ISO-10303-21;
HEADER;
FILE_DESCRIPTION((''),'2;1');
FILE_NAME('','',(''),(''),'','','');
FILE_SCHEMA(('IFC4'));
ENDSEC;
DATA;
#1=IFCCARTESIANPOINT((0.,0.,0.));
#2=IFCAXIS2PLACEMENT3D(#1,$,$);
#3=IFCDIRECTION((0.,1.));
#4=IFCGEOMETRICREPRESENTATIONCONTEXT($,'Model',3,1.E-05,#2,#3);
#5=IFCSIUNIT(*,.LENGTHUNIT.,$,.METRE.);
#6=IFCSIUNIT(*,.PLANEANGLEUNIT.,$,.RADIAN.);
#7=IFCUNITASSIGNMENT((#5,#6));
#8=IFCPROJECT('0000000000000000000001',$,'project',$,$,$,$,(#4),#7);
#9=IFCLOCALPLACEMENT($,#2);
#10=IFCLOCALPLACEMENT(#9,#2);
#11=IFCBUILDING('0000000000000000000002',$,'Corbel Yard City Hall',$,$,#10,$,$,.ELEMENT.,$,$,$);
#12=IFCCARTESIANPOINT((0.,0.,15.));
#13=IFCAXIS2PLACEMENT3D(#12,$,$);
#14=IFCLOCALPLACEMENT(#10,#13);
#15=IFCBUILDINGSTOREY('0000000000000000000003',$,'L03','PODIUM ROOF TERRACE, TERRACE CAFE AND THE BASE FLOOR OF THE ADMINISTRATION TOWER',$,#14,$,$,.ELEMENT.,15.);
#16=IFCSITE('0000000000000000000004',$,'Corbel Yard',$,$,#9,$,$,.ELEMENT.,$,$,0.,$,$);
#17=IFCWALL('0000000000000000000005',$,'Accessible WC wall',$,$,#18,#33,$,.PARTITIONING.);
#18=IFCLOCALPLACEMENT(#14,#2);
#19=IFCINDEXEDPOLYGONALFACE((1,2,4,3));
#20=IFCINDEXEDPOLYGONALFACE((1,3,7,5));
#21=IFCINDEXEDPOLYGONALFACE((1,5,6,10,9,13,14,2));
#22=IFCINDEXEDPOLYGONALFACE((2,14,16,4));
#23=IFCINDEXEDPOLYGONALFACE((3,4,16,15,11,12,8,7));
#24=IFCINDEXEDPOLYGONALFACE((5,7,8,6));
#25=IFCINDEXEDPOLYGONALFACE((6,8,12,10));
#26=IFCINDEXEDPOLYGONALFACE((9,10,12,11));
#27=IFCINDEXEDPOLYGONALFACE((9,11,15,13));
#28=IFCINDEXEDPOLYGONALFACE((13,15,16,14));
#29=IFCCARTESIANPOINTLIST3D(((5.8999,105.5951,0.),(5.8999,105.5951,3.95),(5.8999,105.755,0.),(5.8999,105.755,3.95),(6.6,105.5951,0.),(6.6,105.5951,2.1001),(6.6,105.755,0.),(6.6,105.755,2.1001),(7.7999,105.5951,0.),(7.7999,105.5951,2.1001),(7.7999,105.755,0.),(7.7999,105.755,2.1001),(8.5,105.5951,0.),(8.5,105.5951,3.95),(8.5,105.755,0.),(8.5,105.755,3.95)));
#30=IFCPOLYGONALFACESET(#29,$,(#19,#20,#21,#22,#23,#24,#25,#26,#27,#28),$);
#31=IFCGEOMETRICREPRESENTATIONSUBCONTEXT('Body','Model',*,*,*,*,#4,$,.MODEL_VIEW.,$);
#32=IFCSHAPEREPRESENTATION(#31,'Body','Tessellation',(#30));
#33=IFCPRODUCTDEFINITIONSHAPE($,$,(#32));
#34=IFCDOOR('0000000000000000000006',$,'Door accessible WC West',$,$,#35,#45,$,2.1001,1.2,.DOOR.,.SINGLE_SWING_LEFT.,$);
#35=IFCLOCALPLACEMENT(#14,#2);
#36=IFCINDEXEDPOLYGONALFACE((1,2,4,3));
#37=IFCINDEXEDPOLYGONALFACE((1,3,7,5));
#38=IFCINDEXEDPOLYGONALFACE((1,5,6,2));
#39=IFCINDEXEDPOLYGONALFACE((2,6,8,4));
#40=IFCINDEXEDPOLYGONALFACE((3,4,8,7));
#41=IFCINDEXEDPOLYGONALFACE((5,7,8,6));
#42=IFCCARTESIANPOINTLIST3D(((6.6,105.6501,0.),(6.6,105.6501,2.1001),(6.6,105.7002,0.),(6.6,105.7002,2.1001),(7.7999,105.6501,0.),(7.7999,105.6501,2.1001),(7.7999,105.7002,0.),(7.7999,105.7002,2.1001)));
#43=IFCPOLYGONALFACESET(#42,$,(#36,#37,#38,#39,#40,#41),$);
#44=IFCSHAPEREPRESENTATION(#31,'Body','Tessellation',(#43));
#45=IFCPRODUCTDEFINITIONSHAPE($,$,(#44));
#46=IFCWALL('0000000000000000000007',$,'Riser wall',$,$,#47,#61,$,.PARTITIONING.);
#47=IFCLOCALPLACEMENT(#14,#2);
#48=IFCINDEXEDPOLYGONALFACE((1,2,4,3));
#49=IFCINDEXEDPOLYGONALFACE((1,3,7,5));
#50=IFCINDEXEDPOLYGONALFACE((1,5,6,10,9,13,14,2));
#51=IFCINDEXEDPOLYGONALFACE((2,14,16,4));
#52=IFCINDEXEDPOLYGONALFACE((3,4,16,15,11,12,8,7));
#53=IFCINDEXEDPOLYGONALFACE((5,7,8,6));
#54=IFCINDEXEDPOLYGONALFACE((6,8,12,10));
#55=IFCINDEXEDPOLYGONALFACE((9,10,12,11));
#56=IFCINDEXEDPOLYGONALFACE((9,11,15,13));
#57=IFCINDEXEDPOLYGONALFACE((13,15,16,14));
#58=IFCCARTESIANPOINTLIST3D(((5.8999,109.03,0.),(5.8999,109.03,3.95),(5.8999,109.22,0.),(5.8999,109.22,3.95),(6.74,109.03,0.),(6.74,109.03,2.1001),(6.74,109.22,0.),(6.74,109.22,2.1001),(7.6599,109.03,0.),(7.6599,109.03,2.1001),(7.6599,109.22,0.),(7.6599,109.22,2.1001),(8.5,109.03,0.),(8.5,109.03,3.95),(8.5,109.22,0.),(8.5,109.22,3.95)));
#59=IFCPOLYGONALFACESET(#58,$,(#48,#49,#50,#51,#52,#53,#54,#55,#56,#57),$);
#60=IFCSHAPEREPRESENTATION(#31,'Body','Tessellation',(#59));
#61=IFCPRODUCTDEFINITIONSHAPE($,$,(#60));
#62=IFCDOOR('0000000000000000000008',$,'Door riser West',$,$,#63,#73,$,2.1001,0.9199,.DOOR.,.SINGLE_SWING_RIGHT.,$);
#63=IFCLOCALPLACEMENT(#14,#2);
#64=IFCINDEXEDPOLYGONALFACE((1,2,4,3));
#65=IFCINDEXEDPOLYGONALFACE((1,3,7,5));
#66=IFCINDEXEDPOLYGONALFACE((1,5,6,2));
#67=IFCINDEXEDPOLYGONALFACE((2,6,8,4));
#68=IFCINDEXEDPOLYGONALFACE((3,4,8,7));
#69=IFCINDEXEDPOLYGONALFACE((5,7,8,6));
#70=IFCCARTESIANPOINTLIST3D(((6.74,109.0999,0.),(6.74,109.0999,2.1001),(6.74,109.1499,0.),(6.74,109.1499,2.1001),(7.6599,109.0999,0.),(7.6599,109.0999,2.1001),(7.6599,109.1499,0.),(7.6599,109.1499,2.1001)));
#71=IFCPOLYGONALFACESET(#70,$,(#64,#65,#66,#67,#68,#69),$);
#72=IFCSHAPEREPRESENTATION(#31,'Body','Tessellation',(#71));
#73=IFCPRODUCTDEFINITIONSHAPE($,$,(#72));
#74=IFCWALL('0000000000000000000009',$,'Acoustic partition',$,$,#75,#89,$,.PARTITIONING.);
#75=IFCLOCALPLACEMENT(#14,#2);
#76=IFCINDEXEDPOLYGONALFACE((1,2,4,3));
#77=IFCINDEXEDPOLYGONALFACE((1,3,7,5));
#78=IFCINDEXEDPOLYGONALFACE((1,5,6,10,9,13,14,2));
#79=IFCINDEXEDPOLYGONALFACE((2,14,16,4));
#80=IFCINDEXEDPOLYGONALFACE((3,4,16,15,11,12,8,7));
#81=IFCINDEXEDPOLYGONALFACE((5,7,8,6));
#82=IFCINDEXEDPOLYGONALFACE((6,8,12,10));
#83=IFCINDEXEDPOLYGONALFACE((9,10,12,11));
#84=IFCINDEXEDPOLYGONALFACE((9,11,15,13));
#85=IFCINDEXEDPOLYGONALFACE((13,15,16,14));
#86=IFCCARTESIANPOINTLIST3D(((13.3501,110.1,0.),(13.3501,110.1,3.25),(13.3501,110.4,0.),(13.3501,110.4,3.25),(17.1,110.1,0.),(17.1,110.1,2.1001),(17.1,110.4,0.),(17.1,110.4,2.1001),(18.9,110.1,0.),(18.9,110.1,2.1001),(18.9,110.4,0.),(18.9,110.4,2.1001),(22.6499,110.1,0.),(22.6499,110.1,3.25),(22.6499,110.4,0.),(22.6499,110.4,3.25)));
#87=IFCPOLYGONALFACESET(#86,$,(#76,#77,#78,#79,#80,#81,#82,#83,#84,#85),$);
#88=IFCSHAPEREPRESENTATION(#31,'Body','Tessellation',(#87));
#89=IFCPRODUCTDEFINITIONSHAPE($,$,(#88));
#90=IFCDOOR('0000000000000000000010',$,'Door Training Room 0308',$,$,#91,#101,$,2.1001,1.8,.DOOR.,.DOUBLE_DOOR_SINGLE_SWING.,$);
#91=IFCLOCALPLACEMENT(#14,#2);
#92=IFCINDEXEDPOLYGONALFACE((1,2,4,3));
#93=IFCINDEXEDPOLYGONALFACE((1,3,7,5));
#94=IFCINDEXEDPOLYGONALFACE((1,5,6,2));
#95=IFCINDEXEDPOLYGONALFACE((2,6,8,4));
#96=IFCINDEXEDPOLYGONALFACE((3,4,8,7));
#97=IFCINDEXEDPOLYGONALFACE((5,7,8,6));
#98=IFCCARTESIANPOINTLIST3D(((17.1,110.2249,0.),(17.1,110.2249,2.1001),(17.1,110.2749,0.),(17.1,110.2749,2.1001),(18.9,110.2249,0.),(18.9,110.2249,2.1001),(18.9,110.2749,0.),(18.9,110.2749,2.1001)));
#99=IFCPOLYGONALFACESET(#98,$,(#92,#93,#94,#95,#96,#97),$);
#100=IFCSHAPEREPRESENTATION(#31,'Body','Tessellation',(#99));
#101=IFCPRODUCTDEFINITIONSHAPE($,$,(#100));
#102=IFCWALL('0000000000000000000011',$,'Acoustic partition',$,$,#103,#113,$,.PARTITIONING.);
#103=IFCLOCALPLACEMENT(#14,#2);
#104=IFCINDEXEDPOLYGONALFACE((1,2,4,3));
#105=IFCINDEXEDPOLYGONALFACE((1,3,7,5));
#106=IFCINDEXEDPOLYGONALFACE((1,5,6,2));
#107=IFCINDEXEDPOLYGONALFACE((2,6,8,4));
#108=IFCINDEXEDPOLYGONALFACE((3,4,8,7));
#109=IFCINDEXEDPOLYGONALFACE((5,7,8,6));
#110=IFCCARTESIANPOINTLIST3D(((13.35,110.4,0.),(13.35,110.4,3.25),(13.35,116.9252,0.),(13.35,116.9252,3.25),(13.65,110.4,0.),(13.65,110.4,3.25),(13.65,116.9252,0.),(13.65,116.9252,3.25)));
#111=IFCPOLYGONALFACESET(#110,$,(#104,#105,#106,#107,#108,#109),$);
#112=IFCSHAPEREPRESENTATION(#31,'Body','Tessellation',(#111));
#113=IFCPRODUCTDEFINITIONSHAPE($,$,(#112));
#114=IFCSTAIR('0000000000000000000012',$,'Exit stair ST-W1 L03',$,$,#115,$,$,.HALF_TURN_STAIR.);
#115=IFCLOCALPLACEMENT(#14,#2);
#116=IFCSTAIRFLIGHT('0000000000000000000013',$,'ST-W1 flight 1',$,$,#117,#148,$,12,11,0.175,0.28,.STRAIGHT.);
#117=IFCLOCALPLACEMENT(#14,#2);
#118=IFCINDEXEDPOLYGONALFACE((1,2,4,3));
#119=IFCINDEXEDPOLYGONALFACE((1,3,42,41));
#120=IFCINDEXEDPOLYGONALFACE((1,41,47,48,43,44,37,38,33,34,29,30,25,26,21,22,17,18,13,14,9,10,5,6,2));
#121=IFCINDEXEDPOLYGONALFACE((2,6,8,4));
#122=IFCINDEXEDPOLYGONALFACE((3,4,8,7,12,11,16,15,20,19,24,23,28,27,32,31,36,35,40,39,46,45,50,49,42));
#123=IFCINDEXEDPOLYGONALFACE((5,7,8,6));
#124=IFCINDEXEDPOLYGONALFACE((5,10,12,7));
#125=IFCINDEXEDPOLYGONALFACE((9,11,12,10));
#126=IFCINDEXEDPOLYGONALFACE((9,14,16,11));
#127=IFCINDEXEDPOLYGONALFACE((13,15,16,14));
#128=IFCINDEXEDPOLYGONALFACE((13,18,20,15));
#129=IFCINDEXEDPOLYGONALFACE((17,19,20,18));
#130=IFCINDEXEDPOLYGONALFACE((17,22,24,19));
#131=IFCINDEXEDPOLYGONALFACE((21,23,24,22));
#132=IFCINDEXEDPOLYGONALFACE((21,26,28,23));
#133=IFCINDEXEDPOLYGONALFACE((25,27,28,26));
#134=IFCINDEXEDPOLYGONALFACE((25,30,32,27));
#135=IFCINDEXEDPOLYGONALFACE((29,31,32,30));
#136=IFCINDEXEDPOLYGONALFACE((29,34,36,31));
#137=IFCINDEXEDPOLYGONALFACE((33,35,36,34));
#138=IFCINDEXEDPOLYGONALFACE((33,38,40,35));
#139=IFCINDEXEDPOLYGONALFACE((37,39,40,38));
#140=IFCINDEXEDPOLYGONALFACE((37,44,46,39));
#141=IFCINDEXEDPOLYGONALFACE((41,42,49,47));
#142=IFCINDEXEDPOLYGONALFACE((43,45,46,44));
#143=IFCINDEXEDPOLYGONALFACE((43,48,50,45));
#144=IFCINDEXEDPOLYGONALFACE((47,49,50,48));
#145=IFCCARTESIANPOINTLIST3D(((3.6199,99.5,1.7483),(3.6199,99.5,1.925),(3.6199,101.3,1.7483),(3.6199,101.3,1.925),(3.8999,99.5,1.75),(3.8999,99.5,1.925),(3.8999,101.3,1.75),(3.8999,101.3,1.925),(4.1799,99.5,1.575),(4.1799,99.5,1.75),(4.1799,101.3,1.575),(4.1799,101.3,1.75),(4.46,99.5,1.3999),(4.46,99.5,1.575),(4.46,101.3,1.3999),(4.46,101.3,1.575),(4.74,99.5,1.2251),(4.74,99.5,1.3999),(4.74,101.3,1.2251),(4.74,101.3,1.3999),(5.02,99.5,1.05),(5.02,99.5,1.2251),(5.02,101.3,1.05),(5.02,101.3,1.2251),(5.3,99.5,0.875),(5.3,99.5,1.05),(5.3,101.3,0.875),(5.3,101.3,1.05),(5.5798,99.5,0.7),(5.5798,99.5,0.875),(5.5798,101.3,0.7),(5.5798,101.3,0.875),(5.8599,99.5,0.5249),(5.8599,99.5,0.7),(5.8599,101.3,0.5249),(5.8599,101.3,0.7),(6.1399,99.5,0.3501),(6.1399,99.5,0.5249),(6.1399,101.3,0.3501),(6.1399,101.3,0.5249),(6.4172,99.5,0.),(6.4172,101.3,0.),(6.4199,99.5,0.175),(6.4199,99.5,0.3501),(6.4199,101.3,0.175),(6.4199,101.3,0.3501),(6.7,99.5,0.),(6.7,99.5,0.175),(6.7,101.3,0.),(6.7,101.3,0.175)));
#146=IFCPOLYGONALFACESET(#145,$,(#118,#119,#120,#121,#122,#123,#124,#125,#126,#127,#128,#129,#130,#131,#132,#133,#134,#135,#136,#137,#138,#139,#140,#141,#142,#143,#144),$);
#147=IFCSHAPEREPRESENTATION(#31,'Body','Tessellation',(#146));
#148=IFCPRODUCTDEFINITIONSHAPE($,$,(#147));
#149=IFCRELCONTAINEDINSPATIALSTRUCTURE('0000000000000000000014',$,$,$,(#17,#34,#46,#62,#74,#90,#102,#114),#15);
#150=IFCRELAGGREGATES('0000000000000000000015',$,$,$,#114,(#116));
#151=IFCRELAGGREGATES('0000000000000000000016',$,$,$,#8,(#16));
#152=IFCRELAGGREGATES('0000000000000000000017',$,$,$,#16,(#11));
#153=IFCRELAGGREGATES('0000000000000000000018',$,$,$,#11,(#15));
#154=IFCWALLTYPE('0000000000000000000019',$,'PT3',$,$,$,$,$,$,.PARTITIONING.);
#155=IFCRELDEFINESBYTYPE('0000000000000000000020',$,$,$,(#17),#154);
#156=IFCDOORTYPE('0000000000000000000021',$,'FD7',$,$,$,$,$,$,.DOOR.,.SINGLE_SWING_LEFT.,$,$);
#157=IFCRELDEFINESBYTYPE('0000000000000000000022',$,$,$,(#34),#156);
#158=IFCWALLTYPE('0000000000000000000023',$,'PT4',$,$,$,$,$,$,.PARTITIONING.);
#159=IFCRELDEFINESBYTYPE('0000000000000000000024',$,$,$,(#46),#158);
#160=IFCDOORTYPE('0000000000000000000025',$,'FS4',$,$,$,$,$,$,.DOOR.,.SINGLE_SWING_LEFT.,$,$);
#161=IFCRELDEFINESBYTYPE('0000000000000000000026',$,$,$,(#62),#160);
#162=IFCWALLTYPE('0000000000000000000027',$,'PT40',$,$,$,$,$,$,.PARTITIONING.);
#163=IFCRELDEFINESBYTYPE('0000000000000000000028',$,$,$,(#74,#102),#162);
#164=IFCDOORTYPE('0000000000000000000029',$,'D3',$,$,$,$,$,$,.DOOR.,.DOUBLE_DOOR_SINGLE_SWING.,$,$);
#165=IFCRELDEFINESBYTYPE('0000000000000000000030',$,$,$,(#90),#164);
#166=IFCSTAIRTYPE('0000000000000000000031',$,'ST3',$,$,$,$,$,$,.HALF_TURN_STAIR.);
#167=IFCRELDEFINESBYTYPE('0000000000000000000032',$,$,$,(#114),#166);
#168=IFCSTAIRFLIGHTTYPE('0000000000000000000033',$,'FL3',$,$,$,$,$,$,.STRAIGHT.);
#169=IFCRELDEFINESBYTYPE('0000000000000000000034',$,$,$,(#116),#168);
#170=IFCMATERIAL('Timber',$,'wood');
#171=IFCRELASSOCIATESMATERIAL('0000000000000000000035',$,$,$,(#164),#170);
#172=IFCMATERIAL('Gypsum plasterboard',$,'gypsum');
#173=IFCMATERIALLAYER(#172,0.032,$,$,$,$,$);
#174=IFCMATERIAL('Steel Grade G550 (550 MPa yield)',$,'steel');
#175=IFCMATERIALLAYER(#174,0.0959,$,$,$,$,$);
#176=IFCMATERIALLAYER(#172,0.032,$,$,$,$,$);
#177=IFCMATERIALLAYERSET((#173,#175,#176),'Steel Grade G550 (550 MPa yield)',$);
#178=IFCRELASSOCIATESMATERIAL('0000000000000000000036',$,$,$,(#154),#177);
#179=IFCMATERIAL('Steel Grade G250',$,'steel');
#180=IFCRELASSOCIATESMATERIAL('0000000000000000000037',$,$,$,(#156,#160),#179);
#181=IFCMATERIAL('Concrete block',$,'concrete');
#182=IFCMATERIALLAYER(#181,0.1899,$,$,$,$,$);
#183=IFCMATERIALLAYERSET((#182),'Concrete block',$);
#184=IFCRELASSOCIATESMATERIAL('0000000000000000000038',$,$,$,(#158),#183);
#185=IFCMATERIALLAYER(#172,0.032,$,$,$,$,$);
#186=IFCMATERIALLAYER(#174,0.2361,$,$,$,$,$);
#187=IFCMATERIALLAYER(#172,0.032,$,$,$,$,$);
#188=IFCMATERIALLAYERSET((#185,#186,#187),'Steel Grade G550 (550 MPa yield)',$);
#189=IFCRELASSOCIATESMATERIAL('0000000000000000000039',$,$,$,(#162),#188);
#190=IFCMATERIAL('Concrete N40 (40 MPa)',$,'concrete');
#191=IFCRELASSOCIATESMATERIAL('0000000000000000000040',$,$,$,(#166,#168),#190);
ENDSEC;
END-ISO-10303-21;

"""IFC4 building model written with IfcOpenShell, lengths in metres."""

from ifc_helpers import new_model, si_unit, direction, frame, frame_2d, origin, place, context, subcontext, project, spatial, polyline, rectangle, outline, extrude, material, layer, layer_set, type_object, element, fill, aggregate, save


model = new_model("IFC4")

# Units and contexts
model_context = context("Model", 3, precision=1e-05, world=origin(), true_north=direction((0.0, 1.0)))
body_context = subcontext(model_context, "Body", "Model", "MODEL_VIEW")
ifc_project = project(units=[si_unit("LENGTHUNIT", "METRE"), si_unit("PLANEANGLEUNIT", "RADIAN")], contexts=[model_context])

# Site, building, storey
site_placement = place(None, origin())
site = spatial("IfcSite", under=ifc_project, at=site_placement, Name="Corbel Yard", CompositionType="ELEMENT", RefElevation=0.0)
building_placement = place(site_placement, origin())
building = spatial("IfcBuilding", under=site, at=building_placement, Name="Corbel Yard City Hall", CompositionType="ELEMENT")
storey_placement = place(building_placement, frame((0.0, 0.0, 15.0)))
storey = spatial("IfcBuildingStorey", under=building, at=storey_placement, Name="L03", Description="PODIUM ROOF TERRACE, TERRACE CAFE AND THE BASE FLOOR OF THE ADMINISTRATION TOWER", CompositionType="ELEMENT", Elevation=15.0)

# Shared definitions
ifc_material_1 = material(Name="Concrete N40 (40 MPa)", Category="concrete")

# Shared definitions
ifc_material_2 = material(Name="Gypsum plasterboard", Category="gypsum")
ifc_material_3 = material(Name="Steel Grade G550 (550 MPa yield)", Category="steel")
ifc_material_4 = material(Name="Timber", Category="wood")
door_type_1 = type_object("IfcDoorType", Name="D3", OperationType="DOUBLE_DOOR_SINGLE_SWING", PredefinedType="DOOR", material=ifc_material_4)

# Walls, openings, doors
ifc_layer_1 = layer(ifc_material_2, 0.032)
ifc_layer_2 = layer(ifc_material_3, 0.0959)
ifc_layer_3 = layer(ifc_material_2, 0.032)
ifc_layer_set_1 = layer_set([ifc_layer_1, ifc_layer_2, ifc_layer_3], Name="Steel Grade G550 (550 MPa yield)")
wall_type_1 = type_object("IfcWallType", Name="PT3", PredefinedType="PARTITIONING", material=ifc_layer_set_1)
wall_1_placement = place(storey_placement, frame((8.5, 105.675, 0.0), z_axis=(0.0, 0.0, 1.0), x_axis=(-1.0, 0.0, 0.0)))
wall_1 = element("IfcWall", 1, at=wall_1_placement, inside=storey, type_object=wall_type_1, Name="Accessible WC wall", PredefinedType="PARTITIONING", context=body_context, shape_type="SweptSolid", body=[
    extrude(rectangle(XDim=2.6001, YDim=0.1599, at=frame_2d((1.3, 0.0))), origin(), (0.0, 0.0, 1.0), 3.95),
])
opening_1_placement = place(wall_1_placement, frame((0.7, 0.0, 0.0)))
opening_1 = element("IfcOpeningElement", 2, at=opening_1_placement, cuts=wall_1, PredefinedType="OPENING", context=body_context, shape_type="SweptSolid", body=[
    extrude(rectangle(XDim=1.2, YDim=2.1001, at=frame_2d((0.6001, 1.05))), frame((0.0, 0.0898, 0.0), z_axis=(0.0, -1.0, 0.0), x_axis=(1.0, 0.0, 0.0)), (0.0, 0.0, 1.0), 0.1799),
])
ifc_material_5 = material(Name="Steel Grade G250", Category="steel")
door_type_2 = type_object("IfcDoorType", Name="FD7", OperationType="SINGLE_SWING_LEFT", PredefinedType="DOOR", material=ifc_material_5)
door_1_placement = place(opening_1_placement, origin())
door_1 = element("IfcDoor", 3, at=door_1_placement, inside=storey, type_object=door_type_2, Name="Door accessible WC West", OperationType="SINGLE_SWING_LEFT", OverallHeight=2.1001, OverallWidth=1.2, PredefinedType="DOOR", context=body_context, shape_type="SweptSolid", body=[
    extrude(rectangle(XDim=1.2, YDim=2.1001, at=frame_2d((0.6001, 1.05))), frame((0.0, 0.0249, 0.0), z_axis=(0.0, -1.0, 0.0), x_axis=(1.0, 0.0, 0.0)), (0.0, 0.0, 1.0), 0.05),
])
fill(opening_1, door_1)
ifc_material_6 = material(Name="Concrete block", Category="concrete")
ifc_layer_4 = layer(ifc_material_6, 0.1899)
ifc_layer_set_2 = layer_set([ifc_layer_4], Name="Concrete block")
wall_type_2 = type_object("IfcWallType", Name="PT4", PredefinedType="PARTITIONING", material=ifc_layer_set_2)
wall_2_placement = place(storey_placement, frame((8.5, 109.125, 0.0), z_axis=(0.0, 0.0, 1.0), x_axis=(-1.0, 0.0, 0.0)))
wall_2 = element("IfcWall", 4, at=wall_2_placement, inside=storey, type_object=wall_type_2, Name="Riser wall", PredefinedType="PARTITIONING", context=body_context, shape_type="SweptSolid", body=[
    extrude(rectangle(XDim=2.6001, YDim=0.1899, at=frame_2d((1.3, 0.0))), origin(), (0.0, 0.0, 1.0), 3.95),
])
opening_2_placement = place(wall_2_placement, frame((0.8401, 0.0, 0.0)))
opening_2 = element("IfcOpeningElement", 5, at=opening_2_placement, cuts=wall_2, PredefinedType="OPENING", context=body_context, shape_type="SweptSolid", body=[
    extrude(rectangle(XDim=0.9199, YDim=2.1001, at=frame_2d((0.46, 1.05))), frame((0.0, 0.105, 0.0), z_axis=(0.0, -1.0, 0.0), x_axis=(1.0, 0.0, 0.0)), (0.0, 0.0, 1.0), 0.21),
])
door_type_3 = type_object("IfcDoorType", Name="FS4", OperationType="SINGLE_SWING_LEFT", PredefinedType="DOOR", material=ifc_material_5)
door_2_placement = place(opening_2_placement, frame((0.9199, 0.0, 0.0), z_axis=(0.0, 0.0, 1.0), x_axis=(-1.0, 0.0, 0.0)))
door_2 = element("IfcDoor", 6, at=door_2_placement, inside=storey, type_object=door_type_3, Name="Door riser West", OperationType="SINGLE_SWING_RIGHT", OverallHeight=2.1001, OverallWidth=0.9199, PredefinedType="DOOR", context=body_context, shape_type="SweptSolid", body=[
    extrude(rectangle(XDim=0.9199, YDim=2.1001, at=frame_2d((0.46, 1.05))), frame((0.0, 0.0249, 0.0), z_axis=(0.0, -1.0, 0.0), x_axis=(1.0, 0.0, 0.0)), (0.0, 0.0, 1.0), 0.05),
])
fill(opening_2, door_2)
ifc_layer_5 = layer(ifc_material_2, 0.032)
ifc_layer_6 = layer(ifc_material_3, 0.2361)
ifc_layer_7 = layer(ifc_material_2, 0.032)
ifc_layer_set_3 = layer_set([ifc_layer_5, ifc_layer_6, ifc_layer_7], Name="Steel Grade G550 (550 MPa yield)")
wall_type_3 = type_object("IfcWallType", Name="PT40", PredefinedType="PARTITIONING", material=ifc_layer_set_3)
wall_3_placement = place(storey_placement, frame((13.3501, 110.25, 0.0), z_axis=(0.0, 0.0, 1.0), x_axis=(1.0, 0.0, 0.0)))
wall_3 = element("IfcWall", 7, at=wall_3_placement, inside=storey, type_object=wall_type_3, Name="Acoustic partition", PredefinedType="PARTITIONING", context=body_context, shape_type="SweptSolid", body=[
    extrude(rectangle(XDim=9.2998, YDim=0.3, at=frame_2d((4.6499, 0.0))), origin(), (0.0, 0.0, 1.0), 3.25),
])
opening_3_placement = place(wall_3_placement, frame((3.75, 0.0, 0.0)))
opening_3 = element("IfcOpeningElement", 8, at=opening_3_placement, cuts=wall_3, PredefinedType="OPENING", context=body_context, shape_type="SweptSolid", body=[
    extrude(rectangle(XDim=1.8, YDim=2.1001, at=frame_2d((0.8999, 1.05))), frame((0.0, 0.1599, 0.0), z_axis=(0.0, -1.0, 0.0), x_axis=(1.0, 0.0, 0.0)), (0.0, 0.0, 1.0), 0.3201),
])
door_3_placement = place(opening_3_placement, origin())
door_3 = element("IfcDoor", 9, at=door_3_placement, inside=storey, type_object=door_type_1, Name="Door Training Room 0308", OperationType="DOUBLE_DOOR_SINGLE_SWING", OverallHeight=2.1001, OverallWidth=1.8, PredefinedType="DOOR", context=body_context, shape_type="SweptSolid", body=[
    extrude(rectangle(XDim=1.8, YDim=2.1001, at=frame_2d((0.8999, 1.05))), frame((0.0, 0.0249, 0.0), z_axis=(0.0, -1.0, 0.0), x_axis=(1.0, 0.0, 0.0)), (0.0, 0.0, 1.0), 0.05),
])
fill(opening_3, door_3)

# Wall
wall_4_placement = place(storey_placement, frame((13.5, 110.3999, 0.0), z_axis=(0.0, 0.0, 1.0), x_axis=(0.0, 1.0, 0.0)))
element("IfcWall", 10, at=wall_4_placement, inside=storey, type_object=wall_type_3, Name="Acoustic partition", PredefinedType="PARTITIONING", context=body_context, shape_type="SweptSolid", body=[
    extrude(rectangle(XDim=6.5251, YDim=0.3, at=frame_2d((3.2627, 0.0))), origin(), (0.0, 0.0, 1.0), 3.25),
])

# Stair, stair flight
stair_type = type_object("IfcStairType", Name="ST3", PredefinedType="HALF_TURN_STAIR", material=ifc_material_1)
stair_placement = place(storey_placement, origin())
stair = element("IfcStair", 11, at=stair_placement, inside=storey, type_object=stair_type, Name="Exit stair ST-W1 L03", PredefinedType="HALF_TURN_STAIR")
stair_flight_type = type_object("IfcStairFlightType", Name="FL3", PredefinedType="STRAIGHT", material=ifc_material_1)
stair_flight_placement = place(storey_placement, frame((6.7, 100.3999, 0.0), z_axis=(0.0, 0.0, 1.0), x_axis=(-1.0, 0.0, 0.0)))
stair_flight = element("IfcStairFlight", 12, at=stair_flight_placement, type_object=stair_flight_type, Name="ST-W1 flight 1", NumberOfRisers=12, NumberOfTreads=11, PredefinedType="STRAIGHT", RiserHeight=0.175, TreadLength=0.28, context=body_context, shape_type="SweptSolid", body=[
    extrude(outline(polyline([(0.0, 0.0), (0.0, 0.175), (0.28, 0.175), (0.28, 0.3501), (0.5601, 0.3501), (0.5601, 0.5249), (0.8401, 0.5249), (0.8401, 0.7), (1.1201, 0.7), (1.1201, 0.875), (1.3999, 0.875), (1.3999, 1.05), (1.6799, 1.05), (1.6799, 1.2251), (1.96, 1.2251), (1.96, 1.3999), (2.24, 1.3999), (2.24, 1.575), (2.52, 1.575), (2.52, 1.75), (2.8, 1.75), (2.8, 1.925), (3.0801, 1.925), (3.0801, 2.1001), (3.0801, 1.7483), (0.2827, 0.0), (0.0, 0.0)])), frame((0.0, 0.8999, 0.0), z_axis=(0.0, -1.0, 0.0), x_axis=(1.0, 0.0, 0.0)), (0.0, 0.0, 1.0), 1.8),
])
aggregate(stair, [stair_flight])

save(model, "model.ifc")
